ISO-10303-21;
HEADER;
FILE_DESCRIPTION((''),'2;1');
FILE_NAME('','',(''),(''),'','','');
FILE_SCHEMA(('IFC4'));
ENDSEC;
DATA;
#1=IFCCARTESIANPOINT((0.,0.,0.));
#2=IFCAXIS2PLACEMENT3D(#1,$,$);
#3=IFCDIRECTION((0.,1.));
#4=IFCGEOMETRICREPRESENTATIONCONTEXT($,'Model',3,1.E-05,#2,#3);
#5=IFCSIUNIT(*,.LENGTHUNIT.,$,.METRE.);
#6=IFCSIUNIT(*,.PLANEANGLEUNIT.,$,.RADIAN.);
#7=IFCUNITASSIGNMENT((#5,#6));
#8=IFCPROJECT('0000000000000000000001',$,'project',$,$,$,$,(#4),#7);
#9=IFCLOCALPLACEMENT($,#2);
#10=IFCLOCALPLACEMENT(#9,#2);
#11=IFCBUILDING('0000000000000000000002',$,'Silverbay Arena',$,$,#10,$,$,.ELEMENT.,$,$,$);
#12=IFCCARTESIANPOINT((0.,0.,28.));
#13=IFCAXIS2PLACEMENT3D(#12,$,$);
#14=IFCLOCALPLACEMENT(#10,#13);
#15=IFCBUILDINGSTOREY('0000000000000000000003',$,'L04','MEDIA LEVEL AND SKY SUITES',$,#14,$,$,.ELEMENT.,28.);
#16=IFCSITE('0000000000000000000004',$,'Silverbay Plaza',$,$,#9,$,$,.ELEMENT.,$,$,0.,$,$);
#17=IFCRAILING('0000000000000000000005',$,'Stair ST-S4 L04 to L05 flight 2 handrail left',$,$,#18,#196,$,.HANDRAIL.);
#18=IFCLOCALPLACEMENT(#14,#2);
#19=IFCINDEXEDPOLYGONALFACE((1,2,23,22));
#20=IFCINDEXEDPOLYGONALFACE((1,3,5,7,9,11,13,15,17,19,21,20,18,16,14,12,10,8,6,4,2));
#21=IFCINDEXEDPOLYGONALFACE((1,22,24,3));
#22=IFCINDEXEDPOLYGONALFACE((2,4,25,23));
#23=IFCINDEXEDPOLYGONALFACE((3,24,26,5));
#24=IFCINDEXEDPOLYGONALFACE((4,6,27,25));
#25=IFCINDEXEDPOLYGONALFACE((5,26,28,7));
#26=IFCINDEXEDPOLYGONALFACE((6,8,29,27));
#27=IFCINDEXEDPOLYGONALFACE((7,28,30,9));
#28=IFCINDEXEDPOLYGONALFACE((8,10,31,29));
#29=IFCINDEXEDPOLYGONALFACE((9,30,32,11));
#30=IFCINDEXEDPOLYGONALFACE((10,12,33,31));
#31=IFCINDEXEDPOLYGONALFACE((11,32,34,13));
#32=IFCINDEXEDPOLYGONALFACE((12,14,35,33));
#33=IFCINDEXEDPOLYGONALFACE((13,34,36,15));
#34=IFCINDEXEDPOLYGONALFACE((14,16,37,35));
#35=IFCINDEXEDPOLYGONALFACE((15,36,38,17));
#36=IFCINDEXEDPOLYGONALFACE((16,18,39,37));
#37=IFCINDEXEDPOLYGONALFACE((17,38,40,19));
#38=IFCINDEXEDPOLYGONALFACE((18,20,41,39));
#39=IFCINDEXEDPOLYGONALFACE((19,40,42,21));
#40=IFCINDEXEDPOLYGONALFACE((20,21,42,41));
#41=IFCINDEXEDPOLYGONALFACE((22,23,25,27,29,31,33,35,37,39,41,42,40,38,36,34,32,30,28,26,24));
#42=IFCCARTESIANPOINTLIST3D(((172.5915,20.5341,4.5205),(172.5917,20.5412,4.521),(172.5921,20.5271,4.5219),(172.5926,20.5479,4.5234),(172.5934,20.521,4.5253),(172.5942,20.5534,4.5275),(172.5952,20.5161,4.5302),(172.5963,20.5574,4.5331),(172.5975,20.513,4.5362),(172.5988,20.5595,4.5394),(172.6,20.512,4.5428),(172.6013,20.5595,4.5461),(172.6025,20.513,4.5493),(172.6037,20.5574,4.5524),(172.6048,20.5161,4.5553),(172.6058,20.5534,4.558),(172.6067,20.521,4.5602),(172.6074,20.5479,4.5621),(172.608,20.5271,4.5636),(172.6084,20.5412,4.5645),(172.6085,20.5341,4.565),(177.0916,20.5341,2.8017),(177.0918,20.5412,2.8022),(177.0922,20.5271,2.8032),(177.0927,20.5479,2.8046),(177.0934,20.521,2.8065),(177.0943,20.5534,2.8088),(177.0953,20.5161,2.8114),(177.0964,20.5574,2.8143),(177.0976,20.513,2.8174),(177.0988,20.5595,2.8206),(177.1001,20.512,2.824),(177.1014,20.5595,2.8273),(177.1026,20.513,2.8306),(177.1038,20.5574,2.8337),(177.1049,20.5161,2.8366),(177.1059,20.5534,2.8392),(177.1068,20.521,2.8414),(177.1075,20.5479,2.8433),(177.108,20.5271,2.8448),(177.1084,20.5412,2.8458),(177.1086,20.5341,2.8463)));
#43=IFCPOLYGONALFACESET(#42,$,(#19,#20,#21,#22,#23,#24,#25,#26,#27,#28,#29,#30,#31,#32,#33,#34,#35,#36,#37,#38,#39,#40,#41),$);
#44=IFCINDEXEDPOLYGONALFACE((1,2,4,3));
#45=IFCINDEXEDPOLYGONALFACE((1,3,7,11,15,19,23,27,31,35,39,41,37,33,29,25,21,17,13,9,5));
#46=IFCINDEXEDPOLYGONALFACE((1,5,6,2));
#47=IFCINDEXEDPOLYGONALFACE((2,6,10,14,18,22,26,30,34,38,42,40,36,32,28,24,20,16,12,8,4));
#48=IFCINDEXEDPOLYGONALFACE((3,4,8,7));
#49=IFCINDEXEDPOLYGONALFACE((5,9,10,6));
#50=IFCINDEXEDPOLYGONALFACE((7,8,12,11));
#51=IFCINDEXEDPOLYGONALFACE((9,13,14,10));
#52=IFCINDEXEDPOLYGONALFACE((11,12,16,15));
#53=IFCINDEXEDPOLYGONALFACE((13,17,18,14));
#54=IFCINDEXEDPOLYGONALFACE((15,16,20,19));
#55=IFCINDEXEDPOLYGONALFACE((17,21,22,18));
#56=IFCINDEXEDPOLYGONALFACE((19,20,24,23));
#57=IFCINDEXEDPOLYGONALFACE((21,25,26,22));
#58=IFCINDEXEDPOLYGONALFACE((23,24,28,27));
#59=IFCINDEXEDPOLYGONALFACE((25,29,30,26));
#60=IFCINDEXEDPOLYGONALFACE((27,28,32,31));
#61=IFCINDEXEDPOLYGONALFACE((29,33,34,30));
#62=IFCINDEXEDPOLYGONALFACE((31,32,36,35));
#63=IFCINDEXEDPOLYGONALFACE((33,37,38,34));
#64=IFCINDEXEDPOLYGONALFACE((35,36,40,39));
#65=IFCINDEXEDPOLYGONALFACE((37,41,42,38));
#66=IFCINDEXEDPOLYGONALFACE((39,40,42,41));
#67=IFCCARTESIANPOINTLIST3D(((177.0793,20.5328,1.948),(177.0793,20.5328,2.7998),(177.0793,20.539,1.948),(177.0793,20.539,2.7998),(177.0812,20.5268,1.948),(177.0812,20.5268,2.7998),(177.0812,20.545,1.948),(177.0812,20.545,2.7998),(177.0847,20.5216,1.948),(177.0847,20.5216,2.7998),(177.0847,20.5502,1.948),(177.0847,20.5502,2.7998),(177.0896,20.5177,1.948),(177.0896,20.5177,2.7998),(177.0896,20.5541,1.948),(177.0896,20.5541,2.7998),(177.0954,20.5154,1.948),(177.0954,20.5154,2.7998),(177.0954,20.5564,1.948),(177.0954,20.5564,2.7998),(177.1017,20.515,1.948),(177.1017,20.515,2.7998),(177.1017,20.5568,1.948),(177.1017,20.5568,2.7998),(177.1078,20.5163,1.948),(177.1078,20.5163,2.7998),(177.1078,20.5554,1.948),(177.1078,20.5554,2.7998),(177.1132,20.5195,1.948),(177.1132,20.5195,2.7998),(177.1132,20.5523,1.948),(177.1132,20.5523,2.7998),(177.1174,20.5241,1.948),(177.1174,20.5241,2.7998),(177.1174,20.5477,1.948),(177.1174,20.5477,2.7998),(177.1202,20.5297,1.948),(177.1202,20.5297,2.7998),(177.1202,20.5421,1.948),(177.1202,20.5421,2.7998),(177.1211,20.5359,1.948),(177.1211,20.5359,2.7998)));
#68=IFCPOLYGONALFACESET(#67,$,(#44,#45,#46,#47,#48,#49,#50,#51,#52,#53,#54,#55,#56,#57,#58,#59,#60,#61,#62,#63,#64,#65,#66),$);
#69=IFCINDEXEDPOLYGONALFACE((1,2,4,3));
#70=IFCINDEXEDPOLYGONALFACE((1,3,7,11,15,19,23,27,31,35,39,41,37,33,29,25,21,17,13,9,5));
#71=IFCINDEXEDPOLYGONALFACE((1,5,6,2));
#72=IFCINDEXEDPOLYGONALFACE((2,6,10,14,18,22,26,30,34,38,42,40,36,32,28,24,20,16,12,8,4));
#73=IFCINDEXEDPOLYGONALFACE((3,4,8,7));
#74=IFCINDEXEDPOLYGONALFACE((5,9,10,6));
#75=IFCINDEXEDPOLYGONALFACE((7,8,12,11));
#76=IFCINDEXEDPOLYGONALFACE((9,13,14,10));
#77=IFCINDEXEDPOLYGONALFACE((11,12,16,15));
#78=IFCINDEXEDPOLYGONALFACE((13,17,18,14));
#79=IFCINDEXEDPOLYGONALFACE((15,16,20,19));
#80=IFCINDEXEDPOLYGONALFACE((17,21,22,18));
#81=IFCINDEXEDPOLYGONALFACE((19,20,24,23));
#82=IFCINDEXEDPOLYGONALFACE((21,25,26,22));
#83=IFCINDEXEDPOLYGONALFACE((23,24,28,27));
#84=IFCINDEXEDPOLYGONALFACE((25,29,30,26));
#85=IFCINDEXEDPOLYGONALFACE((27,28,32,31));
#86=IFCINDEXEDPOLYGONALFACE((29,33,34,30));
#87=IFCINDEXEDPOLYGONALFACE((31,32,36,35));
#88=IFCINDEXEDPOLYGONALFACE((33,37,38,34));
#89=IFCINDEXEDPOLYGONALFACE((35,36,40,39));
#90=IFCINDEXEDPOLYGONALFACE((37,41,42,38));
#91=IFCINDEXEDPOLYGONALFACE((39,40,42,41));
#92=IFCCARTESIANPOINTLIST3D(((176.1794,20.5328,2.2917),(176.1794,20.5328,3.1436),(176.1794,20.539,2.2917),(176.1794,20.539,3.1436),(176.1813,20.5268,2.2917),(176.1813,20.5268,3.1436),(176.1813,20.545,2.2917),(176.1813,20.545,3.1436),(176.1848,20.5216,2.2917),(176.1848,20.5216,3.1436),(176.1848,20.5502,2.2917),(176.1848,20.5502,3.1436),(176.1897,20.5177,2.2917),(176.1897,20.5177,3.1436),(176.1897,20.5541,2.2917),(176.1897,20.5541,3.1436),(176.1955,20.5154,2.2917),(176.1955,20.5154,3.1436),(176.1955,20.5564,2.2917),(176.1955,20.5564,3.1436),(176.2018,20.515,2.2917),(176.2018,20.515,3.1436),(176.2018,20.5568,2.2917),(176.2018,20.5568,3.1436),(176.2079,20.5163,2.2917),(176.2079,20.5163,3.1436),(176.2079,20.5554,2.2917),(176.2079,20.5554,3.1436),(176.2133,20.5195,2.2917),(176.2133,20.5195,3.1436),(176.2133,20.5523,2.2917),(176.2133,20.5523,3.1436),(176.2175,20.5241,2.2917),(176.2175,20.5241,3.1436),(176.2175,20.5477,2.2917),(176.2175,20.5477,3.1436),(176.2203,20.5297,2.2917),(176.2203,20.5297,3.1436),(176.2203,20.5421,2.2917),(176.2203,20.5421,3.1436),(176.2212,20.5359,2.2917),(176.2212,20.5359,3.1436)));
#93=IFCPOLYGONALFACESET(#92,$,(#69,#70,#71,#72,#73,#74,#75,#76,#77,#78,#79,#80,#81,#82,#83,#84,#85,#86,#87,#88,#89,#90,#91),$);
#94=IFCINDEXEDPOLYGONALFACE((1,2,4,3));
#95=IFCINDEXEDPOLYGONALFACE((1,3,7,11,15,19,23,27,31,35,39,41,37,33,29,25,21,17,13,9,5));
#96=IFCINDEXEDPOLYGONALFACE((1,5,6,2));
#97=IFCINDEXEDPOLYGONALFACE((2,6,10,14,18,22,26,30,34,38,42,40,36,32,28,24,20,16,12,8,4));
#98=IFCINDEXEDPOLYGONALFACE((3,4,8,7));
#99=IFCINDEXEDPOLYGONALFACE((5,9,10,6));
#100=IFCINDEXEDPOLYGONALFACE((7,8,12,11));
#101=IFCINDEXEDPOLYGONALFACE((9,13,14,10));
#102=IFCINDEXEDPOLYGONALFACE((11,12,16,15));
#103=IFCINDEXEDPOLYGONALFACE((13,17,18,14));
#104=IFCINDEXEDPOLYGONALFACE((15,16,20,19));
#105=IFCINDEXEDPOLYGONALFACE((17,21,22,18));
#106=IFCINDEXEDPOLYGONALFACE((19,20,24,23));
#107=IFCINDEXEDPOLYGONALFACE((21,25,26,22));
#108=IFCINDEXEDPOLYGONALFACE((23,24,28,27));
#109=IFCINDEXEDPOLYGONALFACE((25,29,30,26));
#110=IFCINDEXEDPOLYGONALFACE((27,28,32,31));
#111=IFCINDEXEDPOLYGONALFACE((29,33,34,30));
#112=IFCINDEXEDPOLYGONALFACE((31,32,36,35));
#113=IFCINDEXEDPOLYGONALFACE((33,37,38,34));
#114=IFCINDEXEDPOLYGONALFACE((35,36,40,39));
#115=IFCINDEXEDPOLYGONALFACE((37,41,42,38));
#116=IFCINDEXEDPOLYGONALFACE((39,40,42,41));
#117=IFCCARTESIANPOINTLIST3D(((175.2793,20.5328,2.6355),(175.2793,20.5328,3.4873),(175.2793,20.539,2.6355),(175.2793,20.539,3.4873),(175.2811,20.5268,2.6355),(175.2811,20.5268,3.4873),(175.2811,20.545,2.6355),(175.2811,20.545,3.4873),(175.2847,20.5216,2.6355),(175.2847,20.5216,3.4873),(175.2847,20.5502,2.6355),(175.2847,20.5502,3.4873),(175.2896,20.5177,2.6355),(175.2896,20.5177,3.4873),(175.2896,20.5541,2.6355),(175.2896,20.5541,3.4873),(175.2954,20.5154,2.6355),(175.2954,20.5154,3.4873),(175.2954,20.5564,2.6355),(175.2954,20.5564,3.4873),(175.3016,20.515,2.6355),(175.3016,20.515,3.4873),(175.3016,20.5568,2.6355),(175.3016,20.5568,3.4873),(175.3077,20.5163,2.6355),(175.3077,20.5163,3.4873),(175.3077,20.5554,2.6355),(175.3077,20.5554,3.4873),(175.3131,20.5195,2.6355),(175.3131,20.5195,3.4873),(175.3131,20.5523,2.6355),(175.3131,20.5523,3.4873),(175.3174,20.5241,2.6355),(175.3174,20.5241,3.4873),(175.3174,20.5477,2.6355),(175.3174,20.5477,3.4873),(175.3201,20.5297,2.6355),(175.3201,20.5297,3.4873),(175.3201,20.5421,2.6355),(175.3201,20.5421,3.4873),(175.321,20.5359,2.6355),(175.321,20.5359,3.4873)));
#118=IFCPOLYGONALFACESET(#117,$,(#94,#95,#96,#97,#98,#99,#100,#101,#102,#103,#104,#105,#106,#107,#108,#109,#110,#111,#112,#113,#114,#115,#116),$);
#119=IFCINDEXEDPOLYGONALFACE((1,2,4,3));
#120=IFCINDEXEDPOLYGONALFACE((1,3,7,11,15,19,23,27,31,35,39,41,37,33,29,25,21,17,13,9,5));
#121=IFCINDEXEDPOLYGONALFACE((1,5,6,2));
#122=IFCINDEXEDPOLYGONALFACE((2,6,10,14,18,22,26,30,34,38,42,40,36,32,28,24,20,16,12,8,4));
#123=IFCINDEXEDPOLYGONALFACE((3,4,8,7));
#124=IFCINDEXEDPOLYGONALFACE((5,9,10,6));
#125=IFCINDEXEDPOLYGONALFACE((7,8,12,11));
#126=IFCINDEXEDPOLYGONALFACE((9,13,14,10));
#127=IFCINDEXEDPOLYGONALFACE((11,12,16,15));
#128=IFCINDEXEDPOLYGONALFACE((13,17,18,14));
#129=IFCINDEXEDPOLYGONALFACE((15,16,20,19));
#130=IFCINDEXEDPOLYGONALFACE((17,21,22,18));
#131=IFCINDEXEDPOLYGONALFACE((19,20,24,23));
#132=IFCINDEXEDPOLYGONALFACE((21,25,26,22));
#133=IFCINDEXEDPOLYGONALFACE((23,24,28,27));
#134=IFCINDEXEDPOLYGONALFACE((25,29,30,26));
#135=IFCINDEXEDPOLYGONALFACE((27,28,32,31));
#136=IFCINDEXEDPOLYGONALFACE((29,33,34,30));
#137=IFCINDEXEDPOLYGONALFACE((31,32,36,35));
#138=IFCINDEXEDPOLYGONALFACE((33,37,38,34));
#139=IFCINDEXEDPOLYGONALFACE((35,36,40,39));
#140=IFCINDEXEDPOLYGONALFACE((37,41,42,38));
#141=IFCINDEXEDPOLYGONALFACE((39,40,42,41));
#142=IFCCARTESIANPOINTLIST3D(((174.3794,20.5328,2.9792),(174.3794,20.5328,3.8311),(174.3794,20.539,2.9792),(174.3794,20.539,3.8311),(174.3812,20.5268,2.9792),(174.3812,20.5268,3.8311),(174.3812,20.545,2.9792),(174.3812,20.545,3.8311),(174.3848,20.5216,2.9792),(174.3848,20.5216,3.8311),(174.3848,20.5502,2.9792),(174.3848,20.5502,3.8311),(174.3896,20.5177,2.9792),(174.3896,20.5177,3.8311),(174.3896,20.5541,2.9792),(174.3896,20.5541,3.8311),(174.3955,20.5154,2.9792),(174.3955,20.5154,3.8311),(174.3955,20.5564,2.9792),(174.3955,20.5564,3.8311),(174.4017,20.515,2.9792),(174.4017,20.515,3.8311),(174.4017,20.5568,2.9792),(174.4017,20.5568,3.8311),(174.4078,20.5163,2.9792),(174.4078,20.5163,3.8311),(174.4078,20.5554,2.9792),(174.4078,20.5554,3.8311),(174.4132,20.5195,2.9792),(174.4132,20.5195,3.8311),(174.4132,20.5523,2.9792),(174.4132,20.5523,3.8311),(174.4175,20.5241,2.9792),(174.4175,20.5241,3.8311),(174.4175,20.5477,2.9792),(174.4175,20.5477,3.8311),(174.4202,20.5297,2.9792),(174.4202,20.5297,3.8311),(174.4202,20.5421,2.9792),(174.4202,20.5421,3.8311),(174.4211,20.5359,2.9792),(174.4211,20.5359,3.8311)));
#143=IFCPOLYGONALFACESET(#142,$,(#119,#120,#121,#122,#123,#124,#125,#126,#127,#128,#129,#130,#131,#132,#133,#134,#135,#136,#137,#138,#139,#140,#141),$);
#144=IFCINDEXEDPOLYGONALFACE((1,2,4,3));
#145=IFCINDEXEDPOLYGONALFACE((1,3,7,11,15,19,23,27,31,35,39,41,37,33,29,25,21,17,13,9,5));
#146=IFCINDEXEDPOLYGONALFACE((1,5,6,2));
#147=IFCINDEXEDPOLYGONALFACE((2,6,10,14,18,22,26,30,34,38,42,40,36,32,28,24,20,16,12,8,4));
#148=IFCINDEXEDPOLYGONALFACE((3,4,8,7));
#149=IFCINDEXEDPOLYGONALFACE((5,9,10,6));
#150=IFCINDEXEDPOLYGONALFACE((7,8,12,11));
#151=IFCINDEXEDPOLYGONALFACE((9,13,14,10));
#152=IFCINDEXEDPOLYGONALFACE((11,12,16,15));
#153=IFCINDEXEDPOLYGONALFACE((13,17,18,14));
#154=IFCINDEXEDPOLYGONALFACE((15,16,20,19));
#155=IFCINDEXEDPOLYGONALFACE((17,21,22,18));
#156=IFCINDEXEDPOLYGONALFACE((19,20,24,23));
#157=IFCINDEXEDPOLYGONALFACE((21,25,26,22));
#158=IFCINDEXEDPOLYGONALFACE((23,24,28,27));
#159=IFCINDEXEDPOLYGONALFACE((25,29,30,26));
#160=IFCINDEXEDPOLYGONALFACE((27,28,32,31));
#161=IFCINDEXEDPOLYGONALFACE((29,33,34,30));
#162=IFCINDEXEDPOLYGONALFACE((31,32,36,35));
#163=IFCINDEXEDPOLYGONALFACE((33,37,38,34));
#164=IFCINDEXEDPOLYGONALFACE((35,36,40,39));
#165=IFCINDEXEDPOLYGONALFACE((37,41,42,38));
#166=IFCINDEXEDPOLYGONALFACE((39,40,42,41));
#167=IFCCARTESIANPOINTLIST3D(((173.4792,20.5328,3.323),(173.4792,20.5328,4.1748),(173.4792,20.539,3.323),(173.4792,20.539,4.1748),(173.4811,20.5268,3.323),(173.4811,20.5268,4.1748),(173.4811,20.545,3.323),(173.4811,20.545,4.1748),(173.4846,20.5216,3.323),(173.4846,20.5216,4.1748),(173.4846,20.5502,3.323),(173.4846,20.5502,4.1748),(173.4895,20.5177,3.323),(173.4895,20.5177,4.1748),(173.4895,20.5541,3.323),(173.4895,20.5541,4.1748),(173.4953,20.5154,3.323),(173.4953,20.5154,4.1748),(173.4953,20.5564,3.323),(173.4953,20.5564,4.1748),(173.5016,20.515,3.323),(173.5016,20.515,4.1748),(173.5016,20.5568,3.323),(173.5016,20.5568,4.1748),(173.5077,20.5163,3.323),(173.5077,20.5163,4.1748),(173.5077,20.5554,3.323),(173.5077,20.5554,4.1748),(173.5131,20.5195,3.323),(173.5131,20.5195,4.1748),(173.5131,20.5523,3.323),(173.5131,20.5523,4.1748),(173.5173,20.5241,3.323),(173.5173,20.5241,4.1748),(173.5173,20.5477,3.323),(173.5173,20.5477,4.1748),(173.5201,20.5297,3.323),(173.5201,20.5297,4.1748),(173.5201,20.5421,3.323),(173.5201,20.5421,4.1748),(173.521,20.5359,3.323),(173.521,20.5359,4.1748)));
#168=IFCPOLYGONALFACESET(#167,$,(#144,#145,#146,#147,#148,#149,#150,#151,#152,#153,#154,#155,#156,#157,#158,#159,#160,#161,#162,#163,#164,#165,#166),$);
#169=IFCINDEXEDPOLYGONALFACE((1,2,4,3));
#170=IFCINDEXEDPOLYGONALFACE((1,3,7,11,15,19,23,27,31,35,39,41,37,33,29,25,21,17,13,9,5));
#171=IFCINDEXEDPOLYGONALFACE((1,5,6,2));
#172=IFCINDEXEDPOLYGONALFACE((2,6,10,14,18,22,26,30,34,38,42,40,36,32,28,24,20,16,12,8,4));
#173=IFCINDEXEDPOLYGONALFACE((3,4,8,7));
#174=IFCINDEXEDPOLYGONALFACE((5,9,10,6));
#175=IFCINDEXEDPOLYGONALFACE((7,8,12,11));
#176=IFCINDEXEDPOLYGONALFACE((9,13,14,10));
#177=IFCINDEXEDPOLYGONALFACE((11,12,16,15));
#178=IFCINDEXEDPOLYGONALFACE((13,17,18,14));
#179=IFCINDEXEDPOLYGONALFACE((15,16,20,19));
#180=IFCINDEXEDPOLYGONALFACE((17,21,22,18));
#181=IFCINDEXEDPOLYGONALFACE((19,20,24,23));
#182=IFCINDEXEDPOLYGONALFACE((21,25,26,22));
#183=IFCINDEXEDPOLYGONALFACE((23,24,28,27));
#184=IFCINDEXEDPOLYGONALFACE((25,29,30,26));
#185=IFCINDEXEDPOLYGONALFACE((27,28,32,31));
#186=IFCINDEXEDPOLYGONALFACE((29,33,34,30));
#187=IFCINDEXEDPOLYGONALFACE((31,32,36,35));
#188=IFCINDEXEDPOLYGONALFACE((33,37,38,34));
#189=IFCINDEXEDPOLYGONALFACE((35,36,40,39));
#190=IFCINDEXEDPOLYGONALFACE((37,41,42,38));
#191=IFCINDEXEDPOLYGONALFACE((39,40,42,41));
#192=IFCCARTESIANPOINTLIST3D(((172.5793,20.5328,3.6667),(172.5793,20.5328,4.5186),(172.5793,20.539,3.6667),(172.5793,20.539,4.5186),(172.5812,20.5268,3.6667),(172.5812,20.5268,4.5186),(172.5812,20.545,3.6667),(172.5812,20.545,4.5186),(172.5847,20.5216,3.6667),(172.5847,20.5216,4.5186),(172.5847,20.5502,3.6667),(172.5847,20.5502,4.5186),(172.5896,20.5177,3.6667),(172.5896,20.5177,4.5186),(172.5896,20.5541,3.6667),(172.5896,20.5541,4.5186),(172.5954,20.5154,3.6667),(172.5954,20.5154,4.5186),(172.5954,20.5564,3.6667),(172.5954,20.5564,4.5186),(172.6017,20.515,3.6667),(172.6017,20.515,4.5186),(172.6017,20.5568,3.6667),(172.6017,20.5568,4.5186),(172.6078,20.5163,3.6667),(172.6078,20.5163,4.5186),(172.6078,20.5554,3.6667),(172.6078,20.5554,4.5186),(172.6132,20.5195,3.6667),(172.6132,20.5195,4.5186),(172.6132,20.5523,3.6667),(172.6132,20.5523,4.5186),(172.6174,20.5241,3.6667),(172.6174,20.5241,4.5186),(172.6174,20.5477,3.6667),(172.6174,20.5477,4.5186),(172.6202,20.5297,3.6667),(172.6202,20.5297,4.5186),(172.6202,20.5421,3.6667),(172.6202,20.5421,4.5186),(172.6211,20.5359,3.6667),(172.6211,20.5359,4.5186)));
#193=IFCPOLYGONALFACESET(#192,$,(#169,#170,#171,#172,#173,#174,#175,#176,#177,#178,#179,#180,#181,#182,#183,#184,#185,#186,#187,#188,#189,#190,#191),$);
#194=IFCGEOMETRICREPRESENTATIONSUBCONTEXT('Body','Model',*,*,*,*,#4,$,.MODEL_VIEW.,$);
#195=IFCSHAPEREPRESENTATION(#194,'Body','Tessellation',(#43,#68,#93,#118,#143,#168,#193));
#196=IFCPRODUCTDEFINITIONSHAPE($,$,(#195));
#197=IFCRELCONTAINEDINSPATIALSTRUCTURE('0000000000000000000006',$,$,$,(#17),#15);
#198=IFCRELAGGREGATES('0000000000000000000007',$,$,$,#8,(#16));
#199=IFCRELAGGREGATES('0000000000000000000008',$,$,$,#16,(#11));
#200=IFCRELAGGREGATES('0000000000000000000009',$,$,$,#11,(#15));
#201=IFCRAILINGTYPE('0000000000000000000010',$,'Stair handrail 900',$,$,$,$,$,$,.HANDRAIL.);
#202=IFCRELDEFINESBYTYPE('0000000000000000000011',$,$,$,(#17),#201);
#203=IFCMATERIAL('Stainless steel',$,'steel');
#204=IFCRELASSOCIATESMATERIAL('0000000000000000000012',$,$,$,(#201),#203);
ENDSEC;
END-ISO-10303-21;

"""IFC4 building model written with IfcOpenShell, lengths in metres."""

from ifc_helpers import new_model, si_unit, direction, frame, origin, origin_2d, place, context, subcontext, project, spatial, circle, extrude, material, type_object, element, save


model = new_model("IFC4")

# Units and contexts
model_context = context("Model", 3, precision=1e-05, world=origin(), true_north=direction((0.0, 1.0)))
body_context = subcontext(model_context, "Body", "Model", "MODEL_VIEW")
ifc_project = project(units=[si_unit("LENGTHUNIT", "METRE"), si_unit("PLANEANGLEUNIT", "RADIAN")], contexts=[model_context])

# Site, building, storey
site_placement = place(None, origin())
site = spatial("IfcSite", under=ifc_project, at=site_placement, Name="Silverbay Plaza", CompositionType="ELEMENT", RefElevation=0.0)
building_placement = place(site_placement, origin())
building = spatial("IfcBuilding", under=site, at=building_placement, Name="Silverbay Arena", CompositionType="ELEMENT")
storey_placement = place(building_placement, frame((0.0, 0.0, 28.0)))
storey = spatial("IfcBuildingStorey", under=building, at=storey_placement, Name="L04", Description="MEDIA LEVEL AND SKY SUITES", CompositionType="ELEMENT", Elevation=28.0)

# Railing
ifc_material_1 = material(Name="Stainless steel", Category="steel")
railing_type_1 = type_object("IfcRailingType", Name="Stair handrail 900", PredefinedType="HANDRAIL", material=ifc_material_1)
for number, where, name in (
    (1, (177.1001, 20.5359, 1.948), "Stair ST-S4 L04 to L05 flight 2 handrail left"),
):
    element("IfcRailing", number, at=place(storey_placement, frame(where)), inside=storey, type_object=railing_type_1, Name=name, PredefinedType="HANDRAIL", context=body_context, shape_type="SweptSolid", body=[
        extrude(circle(Radius=0.0239, at=origin_2d()), frame((0.0, 0.0, 0.876), z_axis=(-0.934179, 0.0, 0.356805), x_axis=(0.0, -1.0, 0.0)), (0.0, 0.0, 1.0), 4.8171),
        extrude(circle(Radius=0.021, at=origin_2d()), origin(), (0.0, 0.0, 1.0), 0.8518),
        extrude(circle(Radius=0.021, at=origin_2d()), frame((-0.8999, 0.0, 0.3438)), (0.0, 0.0, 1.0), 0.8518),
        extrude(circle(Radius=0.021, at=origin_2d()), frame((-1.8, 0.0, 0.6875)), (0.0, 0.0, 1.0), 0.8518),
        extrude(circle(Radius=0.021, at=origin_2d()), frame((-2.7, 0.0, 1.0312)), (0.0, 0.0, 1.0), 0.8518),
        extrude(circle(Radius=0.021, at=origin_2d()), frame((-3.6001, 0.0, 1.375)), (0.0, 0.0, 1.0), 0.8518),
        extrude(circle(Radius=0.021, at=origin_2d()), frame((-4.5, 0.0, 1.7188)), (0.0, 0.0, 1.0), 0.8518),
    ])

save(model, "model.ifc")
